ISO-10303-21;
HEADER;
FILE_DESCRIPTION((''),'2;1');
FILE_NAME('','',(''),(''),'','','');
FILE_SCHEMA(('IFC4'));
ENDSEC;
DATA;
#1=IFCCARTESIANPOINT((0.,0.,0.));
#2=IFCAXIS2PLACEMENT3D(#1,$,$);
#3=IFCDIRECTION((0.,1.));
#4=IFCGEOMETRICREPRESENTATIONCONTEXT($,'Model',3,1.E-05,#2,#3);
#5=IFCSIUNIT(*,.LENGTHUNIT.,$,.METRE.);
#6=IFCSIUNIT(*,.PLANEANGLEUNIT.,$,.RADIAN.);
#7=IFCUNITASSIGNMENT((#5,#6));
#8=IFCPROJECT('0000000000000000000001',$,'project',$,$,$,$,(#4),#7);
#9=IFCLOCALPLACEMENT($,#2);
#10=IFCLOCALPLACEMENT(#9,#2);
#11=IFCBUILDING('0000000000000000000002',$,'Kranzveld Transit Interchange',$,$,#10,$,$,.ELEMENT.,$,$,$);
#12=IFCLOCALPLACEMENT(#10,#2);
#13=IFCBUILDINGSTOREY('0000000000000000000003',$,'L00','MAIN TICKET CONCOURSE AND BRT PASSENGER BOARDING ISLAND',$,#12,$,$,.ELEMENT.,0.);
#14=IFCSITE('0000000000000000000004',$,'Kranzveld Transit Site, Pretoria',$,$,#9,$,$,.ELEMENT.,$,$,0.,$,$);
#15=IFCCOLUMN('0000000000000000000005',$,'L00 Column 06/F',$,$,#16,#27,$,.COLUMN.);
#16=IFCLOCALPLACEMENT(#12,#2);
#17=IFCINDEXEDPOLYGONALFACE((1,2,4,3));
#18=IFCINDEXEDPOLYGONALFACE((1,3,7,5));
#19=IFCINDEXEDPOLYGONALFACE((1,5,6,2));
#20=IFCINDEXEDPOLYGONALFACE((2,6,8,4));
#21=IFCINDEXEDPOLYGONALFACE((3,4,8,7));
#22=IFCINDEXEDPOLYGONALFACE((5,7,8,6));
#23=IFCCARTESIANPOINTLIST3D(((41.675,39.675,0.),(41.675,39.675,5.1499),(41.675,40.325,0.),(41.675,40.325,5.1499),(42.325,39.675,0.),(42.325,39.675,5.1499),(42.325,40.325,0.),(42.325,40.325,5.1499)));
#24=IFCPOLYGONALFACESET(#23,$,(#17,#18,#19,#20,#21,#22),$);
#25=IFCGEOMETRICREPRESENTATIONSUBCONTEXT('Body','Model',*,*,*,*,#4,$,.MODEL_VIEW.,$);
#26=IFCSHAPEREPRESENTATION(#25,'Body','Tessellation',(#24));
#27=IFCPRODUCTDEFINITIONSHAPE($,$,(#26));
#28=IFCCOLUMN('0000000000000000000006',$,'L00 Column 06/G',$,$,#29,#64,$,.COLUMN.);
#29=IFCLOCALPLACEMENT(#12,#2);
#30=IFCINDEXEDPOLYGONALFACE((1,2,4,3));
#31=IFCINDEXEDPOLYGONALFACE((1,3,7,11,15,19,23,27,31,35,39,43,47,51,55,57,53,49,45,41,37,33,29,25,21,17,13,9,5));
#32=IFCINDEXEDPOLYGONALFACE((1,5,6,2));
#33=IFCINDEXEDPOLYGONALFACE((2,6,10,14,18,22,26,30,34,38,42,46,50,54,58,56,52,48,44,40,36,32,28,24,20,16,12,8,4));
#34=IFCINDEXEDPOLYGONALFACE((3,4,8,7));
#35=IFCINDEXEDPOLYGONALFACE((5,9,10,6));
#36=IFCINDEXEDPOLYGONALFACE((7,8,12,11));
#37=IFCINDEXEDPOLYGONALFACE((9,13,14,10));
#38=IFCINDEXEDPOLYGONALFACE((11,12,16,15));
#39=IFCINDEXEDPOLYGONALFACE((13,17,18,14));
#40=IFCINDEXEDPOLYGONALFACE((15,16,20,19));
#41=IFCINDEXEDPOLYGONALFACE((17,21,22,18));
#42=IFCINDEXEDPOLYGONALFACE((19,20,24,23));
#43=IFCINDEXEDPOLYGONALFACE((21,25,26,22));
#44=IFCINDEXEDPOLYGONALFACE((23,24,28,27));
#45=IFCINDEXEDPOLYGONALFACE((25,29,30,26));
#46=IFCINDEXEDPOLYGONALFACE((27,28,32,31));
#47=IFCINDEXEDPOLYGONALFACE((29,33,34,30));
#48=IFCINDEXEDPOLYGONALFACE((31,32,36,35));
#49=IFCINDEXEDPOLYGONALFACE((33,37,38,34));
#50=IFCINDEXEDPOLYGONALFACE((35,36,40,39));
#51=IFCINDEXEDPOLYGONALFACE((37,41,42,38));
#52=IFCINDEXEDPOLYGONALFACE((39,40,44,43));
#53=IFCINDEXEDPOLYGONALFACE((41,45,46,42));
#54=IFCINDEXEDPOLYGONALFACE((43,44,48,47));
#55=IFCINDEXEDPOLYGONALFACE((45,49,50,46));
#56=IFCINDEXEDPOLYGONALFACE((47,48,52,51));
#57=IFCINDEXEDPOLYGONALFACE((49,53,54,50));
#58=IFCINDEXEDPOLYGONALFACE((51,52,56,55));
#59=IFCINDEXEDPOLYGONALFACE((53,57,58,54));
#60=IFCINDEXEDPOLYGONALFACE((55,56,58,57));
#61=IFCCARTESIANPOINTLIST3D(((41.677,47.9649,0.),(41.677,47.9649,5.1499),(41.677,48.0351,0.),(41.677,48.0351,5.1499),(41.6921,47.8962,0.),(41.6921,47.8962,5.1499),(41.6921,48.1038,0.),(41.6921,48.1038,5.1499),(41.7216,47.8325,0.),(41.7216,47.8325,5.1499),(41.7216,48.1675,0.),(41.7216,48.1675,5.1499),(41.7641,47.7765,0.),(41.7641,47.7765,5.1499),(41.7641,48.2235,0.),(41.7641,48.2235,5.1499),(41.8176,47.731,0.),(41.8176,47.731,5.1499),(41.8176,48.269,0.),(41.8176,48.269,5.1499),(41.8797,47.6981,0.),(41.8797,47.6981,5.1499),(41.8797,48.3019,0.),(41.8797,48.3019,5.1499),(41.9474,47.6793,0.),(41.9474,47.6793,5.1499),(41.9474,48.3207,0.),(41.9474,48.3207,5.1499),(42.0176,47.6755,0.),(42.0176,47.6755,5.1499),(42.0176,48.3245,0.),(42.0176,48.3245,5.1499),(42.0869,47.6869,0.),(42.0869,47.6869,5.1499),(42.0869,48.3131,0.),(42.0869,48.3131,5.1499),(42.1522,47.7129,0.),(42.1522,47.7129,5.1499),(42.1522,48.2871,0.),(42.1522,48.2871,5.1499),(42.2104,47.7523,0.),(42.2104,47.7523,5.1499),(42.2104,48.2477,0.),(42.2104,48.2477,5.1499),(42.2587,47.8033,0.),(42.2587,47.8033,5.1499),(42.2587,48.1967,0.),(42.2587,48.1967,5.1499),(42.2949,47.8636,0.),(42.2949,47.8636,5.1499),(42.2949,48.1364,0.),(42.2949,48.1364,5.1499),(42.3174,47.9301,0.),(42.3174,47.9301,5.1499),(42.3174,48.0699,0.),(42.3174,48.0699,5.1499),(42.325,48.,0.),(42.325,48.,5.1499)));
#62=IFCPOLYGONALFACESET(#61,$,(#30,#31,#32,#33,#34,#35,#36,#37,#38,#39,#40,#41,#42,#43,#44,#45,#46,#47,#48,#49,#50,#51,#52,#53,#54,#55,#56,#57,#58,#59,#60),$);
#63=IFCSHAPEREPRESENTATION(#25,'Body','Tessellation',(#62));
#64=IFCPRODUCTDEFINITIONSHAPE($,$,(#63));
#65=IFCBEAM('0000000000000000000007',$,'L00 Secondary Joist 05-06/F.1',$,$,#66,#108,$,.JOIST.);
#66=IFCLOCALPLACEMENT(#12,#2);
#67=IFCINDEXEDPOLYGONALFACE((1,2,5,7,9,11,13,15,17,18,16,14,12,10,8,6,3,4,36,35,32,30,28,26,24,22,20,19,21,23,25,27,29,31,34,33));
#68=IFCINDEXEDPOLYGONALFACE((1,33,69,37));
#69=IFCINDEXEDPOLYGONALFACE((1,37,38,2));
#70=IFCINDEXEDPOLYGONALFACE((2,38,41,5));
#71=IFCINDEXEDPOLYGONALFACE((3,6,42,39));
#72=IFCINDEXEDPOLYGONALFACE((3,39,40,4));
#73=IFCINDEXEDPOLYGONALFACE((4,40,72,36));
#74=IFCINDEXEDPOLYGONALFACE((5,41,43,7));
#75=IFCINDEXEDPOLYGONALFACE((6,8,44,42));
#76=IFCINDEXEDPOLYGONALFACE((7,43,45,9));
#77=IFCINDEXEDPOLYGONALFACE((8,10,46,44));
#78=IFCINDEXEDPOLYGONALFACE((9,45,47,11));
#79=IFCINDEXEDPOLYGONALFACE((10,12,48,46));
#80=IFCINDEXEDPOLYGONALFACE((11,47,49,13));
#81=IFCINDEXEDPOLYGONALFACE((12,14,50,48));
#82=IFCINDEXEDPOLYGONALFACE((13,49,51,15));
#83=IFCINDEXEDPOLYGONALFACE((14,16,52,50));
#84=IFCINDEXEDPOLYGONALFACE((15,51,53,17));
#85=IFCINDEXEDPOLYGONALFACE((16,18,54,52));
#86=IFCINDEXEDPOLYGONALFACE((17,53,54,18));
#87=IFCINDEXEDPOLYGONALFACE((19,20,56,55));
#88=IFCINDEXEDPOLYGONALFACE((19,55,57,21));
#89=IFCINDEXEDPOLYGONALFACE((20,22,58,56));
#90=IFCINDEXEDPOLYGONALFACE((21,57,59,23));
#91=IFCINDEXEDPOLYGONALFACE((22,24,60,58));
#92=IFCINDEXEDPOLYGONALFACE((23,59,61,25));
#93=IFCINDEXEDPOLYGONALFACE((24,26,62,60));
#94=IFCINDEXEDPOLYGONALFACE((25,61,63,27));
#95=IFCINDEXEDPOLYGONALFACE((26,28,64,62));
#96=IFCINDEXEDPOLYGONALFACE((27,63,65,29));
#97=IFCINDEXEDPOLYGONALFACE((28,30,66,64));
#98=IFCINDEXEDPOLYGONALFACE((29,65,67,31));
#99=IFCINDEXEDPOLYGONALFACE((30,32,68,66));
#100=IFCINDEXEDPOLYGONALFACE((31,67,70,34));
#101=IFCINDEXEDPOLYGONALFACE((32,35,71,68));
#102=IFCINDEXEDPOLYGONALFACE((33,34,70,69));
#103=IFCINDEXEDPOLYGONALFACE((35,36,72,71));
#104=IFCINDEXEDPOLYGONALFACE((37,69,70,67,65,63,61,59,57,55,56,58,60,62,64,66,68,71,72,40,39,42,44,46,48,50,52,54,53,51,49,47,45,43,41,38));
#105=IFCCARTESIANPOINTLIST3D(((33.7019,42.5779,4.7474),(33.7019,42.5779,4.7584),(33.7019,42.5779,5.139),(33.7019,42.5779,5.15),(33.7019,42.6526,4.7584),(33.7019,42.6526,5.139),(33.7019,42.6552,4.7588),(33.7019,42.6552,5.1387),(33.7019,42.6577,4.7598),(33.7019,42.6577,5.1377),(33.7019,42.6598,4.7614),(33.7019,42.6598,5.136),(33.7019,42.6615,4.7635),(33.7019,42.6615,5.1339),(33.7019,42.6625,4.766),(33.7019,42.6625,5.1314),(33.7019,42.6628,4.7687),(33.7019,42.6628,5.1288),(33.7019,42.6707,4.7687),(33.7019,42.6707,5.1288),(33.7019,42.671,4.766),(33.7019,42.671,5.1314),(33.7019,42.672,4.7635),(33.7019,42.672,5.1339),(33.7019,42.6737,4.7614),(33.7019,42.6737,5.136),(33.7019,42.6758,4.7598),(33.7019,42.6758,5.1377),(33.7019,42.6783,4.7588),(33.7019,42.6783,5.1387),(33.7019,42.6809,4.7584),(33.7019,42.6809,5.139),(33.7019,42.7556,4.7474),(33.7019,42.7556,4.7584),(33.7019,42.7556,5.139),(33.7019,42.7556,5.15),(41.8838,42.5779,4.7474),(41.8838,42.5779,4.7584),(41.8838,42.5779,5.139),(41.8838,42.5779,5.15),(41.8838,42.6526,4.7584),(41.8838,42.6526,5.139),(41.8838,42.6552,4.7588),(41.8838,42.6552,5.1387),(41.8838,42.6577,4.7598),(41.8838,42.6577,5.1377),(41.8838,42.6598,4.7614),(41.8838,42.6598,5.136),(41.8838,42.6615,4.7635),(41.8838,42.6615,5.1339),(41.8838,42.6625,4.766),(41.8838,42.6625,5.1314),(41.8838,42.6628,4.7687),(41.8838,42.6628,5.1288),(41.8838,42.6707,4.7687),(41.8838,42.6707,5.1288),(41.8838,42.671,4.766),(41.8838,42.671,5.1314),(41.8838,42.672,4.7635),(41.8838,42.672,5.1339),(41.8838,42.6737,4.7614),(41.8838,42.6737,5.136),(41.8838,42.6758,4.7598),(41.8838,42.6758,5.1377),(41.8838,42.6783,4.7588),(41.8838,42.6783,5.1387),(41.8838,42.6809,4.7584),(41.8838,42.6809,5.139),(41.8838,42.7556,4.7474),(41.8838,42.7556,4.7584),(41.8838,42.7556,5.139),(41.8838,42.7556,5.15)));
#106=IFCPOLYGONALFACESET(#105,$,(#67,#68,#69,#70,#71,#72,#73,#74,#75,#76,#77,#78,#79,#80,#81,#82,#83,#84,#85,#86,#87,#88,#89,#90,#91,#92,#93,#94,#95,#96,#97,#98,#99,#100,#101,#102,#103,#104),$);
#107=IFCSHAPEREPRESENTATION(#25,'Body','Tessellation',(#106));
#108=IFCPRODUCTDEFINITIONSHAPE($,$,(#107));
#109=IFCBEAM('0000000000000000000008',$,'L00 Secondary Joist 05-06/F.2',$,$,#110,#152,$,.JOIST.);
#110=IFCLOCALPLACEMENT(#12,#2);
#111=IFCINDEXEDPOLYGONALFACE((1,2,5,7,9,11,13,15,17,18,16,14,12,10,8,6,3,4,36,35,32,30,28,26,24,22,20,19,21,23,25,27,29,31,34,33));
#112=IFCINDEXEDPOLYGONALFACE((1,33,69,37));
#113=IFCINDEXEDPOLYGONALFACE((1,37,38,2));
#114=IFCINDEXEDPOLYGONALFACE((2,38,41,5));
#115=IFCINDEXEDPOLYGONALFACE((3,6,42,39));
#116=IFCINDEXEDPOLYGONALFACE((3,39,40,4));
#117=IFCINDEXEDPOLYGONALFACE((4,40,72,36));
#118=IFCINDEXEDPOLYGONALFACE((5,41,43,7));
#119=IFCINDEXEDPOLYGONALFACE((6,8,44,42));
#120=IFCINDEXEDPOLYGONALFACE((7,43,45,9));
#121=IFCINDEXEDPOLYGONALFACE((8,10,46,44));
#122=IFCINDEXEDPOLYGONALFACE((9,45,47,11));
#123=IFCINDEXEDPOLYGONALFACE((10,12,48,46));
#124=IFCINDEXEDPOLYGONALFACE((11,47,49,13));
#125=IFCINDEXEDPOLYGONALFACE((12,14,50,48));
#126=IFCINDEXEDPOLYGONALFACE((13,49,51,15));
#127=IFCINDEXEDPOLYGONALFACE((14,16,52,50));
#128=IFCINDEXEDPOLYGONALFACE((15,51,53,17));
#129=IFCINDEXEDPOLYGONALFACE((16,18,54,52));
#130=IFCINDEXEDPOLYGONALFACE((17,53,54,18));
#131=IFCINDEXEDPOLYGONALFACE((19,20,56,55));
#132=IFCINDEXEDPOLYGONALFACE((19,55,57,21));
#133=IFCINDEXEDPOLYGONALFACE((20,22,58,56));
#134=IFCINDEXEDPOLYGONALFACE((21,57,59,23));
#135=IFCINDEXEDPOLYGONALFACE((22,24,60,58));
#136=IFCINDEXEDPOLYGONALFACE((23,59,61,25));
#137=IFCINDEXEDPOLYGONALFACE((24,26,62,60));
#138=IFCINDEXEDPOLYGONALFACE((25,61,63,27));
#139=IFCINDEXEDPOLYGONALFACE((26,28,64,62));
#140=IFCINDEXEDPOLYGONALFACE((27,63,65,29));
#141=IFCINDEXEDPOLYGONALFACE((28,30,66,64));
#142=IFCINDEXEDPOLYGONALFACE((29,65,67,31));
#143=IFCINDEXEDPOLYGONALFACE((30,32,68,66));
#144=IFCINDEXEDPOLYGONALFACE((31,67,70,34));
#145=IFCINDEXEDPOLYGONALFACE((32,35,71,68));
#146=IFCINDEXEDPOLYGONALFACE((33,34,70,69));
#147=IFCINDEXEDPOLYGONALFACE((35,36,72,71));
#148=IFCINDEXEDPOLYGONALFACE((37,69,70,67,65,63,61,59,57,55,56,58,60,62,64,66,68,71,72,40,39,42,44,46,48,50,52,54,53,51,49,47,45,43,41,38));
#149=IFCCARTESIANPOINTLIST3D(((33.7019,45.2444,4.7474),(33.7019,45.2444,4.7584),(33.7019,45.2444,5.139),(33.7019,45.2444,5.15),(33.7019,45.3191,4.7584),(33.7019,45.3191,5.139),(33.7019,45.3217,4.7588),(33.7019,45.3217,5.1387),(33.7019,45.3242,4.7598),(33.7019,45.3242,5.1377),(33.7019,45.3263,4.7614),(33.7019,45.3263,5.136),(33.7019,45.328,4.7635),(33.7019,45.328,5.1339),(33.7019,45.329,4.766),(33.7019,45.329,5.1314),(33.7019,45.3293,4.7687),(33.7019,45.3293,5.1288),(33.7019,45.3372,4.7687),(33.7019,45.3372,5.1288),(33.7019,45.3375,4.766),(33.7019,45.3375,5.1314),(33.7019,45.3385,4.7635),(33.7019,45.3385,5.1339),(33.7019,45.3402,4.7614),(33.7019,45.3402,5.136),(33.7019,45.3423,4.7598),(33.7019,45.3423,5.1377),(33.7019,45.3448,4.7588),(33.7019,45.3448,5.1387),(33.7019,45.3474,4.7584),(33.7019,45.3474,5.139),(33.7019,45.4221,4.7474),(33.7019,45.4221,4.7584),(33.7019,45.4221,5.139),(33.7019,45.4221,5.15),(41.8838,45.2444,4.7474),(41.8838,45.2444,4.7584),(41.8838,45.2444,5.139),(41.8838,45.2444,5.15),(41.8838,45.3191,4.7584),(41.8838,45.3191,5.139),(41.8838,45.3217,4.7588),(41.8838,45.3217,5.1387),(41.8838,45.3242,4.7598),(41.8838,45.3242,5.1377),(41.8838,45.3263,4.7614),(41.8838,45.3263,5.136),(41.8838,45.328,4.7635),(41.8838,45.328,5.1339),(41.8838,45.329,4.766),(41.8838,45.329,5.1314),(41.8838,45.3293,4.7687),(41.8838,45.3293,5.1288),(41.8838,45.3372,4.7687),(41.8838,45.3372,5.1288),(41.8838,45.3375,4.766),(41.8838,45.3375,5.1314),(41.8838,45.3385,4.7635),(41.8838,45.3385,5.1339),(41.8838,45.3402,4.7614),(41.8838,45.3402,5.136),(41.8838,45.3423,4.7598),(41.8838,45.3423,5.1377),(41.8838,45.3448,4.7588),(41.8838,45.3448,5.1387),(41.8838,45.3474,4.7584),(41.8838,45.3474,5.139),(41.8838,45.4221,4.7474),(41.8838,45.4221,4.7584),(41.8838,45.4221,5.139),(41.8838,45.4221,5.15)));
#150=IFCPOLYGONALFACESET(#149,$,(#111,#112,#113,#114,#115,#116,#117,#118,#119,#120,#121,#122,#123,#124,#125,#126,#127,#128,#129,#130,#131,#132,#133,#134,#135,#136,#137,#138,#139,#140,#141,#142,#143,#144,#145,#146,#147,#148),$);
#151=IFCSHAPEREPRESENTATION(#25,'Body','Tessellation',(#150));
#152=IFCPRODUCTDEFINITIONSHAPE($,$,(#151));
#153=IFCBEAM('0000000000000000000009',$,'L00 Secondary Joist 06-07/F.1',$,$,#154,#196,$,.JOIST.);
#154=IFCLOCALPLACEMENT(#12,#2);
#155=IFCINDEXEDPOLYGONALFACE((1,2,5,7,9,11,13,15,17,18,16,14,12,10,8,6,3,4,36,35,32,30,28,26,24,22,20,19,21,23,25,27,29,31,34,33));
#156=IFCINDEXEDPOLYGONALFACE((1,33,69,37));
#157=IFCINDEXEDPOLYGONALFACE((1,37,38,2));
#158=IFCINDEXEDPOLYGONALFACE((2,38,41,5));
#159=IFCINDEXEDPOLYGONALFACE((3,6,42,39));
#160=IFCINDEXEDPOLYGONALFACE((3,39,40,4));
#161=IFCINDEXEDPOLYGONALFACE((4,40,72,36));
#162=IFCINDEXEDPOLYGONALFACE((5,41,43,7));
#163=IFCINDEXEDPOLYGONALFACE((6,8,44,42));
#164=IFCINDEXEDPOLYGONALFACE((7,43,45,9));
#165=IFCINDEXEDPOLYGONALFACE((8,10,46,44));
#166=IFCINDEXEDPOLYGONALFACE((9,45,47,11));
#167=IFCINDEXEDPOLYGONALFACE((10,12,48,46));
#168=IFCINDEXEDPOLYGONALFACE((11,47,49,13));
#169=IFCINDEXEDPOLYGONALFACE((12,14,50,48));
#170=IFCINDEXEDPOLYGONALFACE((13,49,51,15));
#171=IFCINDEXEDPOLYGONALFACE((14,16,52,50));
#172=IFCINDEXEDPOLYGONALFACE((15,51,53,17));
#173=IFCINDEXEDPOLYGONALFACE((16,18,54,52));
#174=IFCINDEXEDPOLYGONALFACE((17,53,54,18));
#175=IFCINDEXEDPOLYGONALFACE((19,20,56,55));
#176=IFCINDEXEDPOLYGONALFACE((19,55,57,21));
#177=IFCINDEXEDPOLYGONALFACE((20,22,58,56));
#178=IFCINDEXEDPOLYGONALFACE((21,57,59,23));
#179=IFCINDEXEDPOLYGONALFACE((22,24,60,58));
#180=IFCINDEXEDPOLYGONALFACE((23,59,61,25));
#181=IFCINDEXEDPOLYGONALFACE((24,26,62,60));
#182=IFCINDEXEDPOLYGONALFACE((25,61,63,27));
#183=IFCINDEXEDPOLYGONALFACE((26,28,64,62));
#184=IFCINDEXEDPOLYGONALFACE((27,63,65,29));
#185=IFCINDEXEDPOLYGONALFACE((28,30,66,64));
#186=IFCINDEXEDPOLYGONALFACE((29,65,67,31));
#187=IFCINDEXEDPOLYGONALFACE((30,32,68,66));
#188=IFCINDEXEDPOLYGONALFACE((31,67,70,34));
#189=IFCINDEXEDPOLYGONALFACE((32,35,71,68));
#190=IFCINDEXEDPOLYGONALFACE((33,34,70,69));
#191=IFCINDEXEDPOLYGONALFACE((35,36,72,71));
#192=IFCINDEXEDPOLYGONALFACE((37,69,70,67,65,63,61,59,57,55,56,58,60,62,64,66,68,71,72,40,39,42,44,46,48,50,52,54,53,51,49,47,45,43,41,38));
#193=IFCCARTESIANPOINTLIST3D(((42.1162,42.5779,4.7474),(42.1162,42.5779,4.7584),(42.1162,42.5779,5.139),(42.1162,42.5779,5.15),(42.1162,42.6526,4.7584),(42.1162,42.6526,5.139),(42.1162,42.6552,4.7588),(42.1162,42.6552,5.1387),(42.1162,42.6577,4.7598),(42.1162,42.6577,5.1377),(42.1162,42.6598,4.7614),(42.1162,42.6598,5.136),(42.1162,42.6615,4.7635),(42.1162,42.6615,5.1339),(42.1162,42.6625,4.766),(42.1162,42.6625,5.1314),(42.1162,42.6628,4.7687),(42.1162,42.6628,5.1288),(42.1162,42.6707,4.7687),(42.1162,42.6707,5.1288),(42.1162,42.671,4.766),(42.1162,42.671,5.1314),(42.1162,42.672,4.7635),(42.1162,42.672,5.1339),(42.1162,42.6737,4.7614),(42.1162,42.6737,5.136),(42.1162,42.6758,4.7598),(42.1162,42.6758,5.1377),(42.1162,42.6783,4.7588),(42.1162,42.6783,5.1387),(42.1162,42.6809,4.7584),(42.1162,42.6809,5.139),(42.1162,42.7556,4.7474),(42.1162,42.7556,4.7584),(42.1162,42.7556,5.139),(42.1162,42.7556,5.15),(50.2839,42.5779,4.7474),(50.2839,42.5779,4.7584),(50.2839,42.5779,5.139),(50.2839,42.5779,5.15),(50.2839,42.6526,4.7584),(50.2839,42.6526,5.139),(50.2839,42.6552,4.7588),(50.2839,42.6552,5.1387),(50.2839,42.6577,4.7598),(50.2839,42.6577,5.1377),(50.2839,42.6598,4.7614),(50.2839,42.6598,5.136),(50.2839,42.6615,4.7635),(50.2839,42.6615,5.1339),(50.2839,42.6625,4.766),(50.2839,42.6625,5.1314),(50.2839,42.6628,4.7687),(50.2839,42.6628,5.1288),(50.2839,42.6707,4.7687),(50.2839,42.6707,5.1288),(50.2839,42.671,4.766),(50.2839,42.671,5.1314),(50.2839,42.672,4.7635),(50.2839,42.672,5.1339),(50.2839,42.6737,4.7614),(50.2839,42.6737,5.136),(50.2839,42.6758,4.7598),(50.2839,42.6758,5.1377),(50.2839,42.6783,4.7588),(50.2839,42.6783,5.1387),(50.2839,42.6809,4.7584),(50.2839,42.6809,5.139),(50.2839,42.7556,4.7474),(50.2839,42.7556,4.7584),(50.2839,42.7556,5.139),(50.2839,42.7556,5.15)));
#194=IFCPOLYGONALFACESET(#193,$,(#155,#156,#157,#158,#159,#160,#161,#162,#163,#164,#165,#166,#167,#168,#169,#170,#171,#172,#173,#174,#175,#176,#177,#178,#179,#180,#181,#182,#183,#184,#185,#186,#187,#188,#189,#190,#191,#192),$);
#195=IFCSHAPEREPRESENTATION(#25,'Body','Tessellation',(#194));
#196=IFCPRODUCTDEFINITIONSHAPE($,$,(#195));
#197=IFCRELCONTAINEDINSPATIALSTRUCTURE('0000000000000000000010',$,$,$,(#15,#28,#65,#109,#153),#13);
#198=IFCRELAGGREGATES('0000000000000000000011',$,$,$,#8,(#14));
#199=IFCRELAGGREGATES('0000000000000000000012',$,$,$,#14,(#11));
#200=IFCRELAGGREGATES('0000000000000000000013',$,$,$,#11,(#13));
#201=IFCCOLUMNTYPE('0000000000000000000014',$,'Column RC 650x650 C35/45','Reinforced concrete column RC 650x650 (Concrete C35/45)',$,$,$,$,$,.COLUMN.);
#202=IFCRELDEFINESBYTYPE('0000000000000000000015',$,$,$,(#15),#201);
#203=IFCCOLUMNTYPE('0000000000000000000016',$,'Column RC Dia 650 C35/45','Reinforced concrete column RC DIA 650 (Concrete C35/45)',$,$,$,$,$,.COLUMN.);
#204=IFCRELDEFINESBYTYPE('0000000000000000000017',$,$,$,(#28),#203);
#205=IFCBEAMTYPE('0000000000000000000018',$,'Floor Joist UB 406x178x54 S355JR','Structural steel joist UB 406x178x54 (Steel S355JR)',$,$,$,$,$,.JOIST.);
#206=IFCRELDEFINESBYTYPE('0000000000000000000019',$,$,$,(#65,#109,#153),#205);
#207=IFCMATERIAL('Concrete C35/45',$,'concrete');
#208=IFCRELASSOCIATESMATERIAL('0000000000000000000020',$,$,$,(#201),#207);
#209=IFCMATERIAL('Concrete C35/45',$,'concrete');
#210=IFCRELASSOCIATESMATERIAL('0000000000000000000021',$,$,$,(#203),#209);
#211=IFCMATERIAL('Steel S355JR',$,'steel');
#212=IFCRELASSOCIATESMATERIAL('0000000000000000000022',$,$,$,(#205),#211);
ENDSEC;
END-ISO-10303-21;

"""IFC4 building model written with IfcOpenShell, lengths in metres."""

from ifc_helpers import new_model, si_unit, direction, frame, origin, origin_2d, place, context, subcontext, project, spatial, rectangle, circle, i_section, extrude, material, material_profile, profile_set, type_object, element, save


model = new_model("IFC4")

# Units and contexts
model_context = context("Model", 3, precision=1e-05, world=origin(), true_north=direction((0.0, 1.0)))
body_context = subcontext(model_context, "Body", "Model", "MODEL_VIEW")
ifc_project = project(units=[si_unit("LENGTHUNIT", "METRE"), si_unit("PLANEANGLEUNIT", "RADIAN")], contexts=[model_context])

# Site, building, storey
site_placement = place(None, origin())
site = spatial("IfcSite", under=ifc_project, at=site_placement, Name="Kranzveld Transit Site, Pretoria", CompositionType="ELEMENT", RefElevation=0.0)
building_placement = place(site_placement, origin())
building = spatial("IfcBuilding", under=site, at=building_placement, Name="Kranzveld Transit Interchange", CompositionType="ELEMENT")
storey_placement = place(building_placement, origin())
storey = spatial("IfcBuildingStorey", under=building, at=storey_placement, Name="L00", Description="MAIN TICKET CONCOURSE AND BRT PASSENGER BOARDING ISLAND", CompositionType="ELEMENT", Elevation=0.0)

# Columns
ifc_material_1 = material(Name="Concrete C35/45", Category="concrete")
ifc_material_profile_1 = material_profile(ifc_material_1, rectangle(XDim=0.6499, YDim=0.6499, at=origin_2d()), Name="RC 650x650")
ifc_profile_set_1 = profile_set([ifc_material_profile_1], Name="Concrete C35/45")
column_type_1 = type_object("IfcColumnType", Name="Column RC 650x650 C35/45", Description="Reinforced concrete column RC 650x650 (Concrete C35/45)", PredefinedType="COLUMN", material=ifc_profile_set_1)
column_1_placement = place(storey_placement, frame((42.0, 40.0, 0.0), z_axis=(0.0, 0.0, 1.0), x_axis=(1.0, 0.0, 0.0)))
element("IfcColumn", 1, at=column_1_placement, inside=storey, type_object=column_type_1, Name="L00 Column 06/F", PredefinedType="COLUMN", context=body_context, shape_type="SweptSolid", body=[
    extrude(rectangle(XDim=0.6499, YDim=0.6499, at=origin_2d()), origin(), (0.0, 0.0, 1.0), 5.1499),
])
ifc_material_2 = material(Name="Concrete C35/45", Category="concrete")
ifc_material_profile_2 = material_profile(ifc_material_2, circle(Radius=0.325, at=origin_2d()), Name="RC DIA 650")
ifc_profile_set_2 = profile_set([ifc_material_profile_2], Name="Concrete C35/45")
column_type_2 = type_object("IfcColumnType", Name="Column RC Dia 650 C35/45", Description="Reinforced concrete column RC DIA 650 (Concrete C35/45)", PredefinedType="COLUMN", material=ifc_profile_set_2)
column_2_placement = place(storey_placement, frame((42.0, 48.0, 0.0), z_axis=(0.0, 0.0, 1.0), x_axis=(1.0, 0.0, 0.0)))
element("IfcColumn", 2, at=column_2_placement, inside=storey, type_object=column_type_2, Name="L00 Column 06/G", PredefinedType="COLUMN", context=body_context, shape_type="SweptSolid", body=[
    extrude(circle(Radius=0.325, at=origin_2d()), origin(), (0.0, 0.0, 1.0), 5.1499),
])

# Beams
ifc_material_3 = material(Name="Steel S355JR", Category="steel")
ifc_material_profile_3 = material_profile(ifc_material_3, i_section(OverallWidth=0.1777, OverallDepth=0.4026, WebThickness=0.0078, FlangeThickness=0.011, FilletRadius=0.0103, at=origin_2d()), Name="UB 406x178x54")
ifc_profile_set_3 = profile_set([ifc_material_profile_3], Name="Steel S355JR")
beam_type_1 = type_object("IfcBeamType", Name="Floor Joist UB 406x178x54 S355JR", Description="Structural steel joist UB 406x178x54 (Steel S355JR)", PredefinedType="JOIST", material=ifc_profile_set_3)
for number, where, z_axis, x_axis, name in (
    (3, (33.7019, 42.6667, 4.9487), (1.0, 0.0, 0.0), (0.0, 1.0, 0.0), "L00 Secondary Joist 05-06/F.1"),
    (4, (33.7019, 45.3333, 4.9487), (1.0, 0.0, 0.0), (0.0, 1.0, 0.0), "L00 Secondary Joist 05-06/F.2"),
):
    element("IfcBeam", number, at=place(storey_placement, frame(where, z_axis=z_axis, x_axis=x_axis)), inside=storey, type_object=beam_type_1, Name=name, PredefinedType="JOIST", context=body_context, shape_type="SweptSolid", body=[
        extrude(i_section(OverallWidth=0.1777, OverallDepth=0.4026, WebThickness=0.0078, FlangeThickness=0.011, FilletRadius=0.0103, at=origin_2d()), origin(), (0.0, 0.0, 1.0), 8.1819),
    ])
for number, where, z_axis, x_axis, name in (
    (5, (42.1162, 42.6667, 4.9487), (1.0, 0.0, 0.0), (0.0, 1.0, 0.0), "L00 Secondary Joist 06-07/F.1"),
):
    element("IfcBeam", number, at=place(storey_placement, frame(where, z_axis=z_axis, x_axis=x_axis)), inside=storey, type_object=beam_type_1, Name=name, PredefinedType="JOIST", context=body_context, shape_type="SweptSolid", body=[
        extrude(i_section(OverallWidth=0.1777, OverallDepth=0.4026, WebThickness=0.0078, FlangeThickness=0.011, FilletRadius=0.0103, at=origin_2d()), origin(), (0.0, 0.0, 1.0), 8.1677),
    ])

save(model, "model.ifc")
